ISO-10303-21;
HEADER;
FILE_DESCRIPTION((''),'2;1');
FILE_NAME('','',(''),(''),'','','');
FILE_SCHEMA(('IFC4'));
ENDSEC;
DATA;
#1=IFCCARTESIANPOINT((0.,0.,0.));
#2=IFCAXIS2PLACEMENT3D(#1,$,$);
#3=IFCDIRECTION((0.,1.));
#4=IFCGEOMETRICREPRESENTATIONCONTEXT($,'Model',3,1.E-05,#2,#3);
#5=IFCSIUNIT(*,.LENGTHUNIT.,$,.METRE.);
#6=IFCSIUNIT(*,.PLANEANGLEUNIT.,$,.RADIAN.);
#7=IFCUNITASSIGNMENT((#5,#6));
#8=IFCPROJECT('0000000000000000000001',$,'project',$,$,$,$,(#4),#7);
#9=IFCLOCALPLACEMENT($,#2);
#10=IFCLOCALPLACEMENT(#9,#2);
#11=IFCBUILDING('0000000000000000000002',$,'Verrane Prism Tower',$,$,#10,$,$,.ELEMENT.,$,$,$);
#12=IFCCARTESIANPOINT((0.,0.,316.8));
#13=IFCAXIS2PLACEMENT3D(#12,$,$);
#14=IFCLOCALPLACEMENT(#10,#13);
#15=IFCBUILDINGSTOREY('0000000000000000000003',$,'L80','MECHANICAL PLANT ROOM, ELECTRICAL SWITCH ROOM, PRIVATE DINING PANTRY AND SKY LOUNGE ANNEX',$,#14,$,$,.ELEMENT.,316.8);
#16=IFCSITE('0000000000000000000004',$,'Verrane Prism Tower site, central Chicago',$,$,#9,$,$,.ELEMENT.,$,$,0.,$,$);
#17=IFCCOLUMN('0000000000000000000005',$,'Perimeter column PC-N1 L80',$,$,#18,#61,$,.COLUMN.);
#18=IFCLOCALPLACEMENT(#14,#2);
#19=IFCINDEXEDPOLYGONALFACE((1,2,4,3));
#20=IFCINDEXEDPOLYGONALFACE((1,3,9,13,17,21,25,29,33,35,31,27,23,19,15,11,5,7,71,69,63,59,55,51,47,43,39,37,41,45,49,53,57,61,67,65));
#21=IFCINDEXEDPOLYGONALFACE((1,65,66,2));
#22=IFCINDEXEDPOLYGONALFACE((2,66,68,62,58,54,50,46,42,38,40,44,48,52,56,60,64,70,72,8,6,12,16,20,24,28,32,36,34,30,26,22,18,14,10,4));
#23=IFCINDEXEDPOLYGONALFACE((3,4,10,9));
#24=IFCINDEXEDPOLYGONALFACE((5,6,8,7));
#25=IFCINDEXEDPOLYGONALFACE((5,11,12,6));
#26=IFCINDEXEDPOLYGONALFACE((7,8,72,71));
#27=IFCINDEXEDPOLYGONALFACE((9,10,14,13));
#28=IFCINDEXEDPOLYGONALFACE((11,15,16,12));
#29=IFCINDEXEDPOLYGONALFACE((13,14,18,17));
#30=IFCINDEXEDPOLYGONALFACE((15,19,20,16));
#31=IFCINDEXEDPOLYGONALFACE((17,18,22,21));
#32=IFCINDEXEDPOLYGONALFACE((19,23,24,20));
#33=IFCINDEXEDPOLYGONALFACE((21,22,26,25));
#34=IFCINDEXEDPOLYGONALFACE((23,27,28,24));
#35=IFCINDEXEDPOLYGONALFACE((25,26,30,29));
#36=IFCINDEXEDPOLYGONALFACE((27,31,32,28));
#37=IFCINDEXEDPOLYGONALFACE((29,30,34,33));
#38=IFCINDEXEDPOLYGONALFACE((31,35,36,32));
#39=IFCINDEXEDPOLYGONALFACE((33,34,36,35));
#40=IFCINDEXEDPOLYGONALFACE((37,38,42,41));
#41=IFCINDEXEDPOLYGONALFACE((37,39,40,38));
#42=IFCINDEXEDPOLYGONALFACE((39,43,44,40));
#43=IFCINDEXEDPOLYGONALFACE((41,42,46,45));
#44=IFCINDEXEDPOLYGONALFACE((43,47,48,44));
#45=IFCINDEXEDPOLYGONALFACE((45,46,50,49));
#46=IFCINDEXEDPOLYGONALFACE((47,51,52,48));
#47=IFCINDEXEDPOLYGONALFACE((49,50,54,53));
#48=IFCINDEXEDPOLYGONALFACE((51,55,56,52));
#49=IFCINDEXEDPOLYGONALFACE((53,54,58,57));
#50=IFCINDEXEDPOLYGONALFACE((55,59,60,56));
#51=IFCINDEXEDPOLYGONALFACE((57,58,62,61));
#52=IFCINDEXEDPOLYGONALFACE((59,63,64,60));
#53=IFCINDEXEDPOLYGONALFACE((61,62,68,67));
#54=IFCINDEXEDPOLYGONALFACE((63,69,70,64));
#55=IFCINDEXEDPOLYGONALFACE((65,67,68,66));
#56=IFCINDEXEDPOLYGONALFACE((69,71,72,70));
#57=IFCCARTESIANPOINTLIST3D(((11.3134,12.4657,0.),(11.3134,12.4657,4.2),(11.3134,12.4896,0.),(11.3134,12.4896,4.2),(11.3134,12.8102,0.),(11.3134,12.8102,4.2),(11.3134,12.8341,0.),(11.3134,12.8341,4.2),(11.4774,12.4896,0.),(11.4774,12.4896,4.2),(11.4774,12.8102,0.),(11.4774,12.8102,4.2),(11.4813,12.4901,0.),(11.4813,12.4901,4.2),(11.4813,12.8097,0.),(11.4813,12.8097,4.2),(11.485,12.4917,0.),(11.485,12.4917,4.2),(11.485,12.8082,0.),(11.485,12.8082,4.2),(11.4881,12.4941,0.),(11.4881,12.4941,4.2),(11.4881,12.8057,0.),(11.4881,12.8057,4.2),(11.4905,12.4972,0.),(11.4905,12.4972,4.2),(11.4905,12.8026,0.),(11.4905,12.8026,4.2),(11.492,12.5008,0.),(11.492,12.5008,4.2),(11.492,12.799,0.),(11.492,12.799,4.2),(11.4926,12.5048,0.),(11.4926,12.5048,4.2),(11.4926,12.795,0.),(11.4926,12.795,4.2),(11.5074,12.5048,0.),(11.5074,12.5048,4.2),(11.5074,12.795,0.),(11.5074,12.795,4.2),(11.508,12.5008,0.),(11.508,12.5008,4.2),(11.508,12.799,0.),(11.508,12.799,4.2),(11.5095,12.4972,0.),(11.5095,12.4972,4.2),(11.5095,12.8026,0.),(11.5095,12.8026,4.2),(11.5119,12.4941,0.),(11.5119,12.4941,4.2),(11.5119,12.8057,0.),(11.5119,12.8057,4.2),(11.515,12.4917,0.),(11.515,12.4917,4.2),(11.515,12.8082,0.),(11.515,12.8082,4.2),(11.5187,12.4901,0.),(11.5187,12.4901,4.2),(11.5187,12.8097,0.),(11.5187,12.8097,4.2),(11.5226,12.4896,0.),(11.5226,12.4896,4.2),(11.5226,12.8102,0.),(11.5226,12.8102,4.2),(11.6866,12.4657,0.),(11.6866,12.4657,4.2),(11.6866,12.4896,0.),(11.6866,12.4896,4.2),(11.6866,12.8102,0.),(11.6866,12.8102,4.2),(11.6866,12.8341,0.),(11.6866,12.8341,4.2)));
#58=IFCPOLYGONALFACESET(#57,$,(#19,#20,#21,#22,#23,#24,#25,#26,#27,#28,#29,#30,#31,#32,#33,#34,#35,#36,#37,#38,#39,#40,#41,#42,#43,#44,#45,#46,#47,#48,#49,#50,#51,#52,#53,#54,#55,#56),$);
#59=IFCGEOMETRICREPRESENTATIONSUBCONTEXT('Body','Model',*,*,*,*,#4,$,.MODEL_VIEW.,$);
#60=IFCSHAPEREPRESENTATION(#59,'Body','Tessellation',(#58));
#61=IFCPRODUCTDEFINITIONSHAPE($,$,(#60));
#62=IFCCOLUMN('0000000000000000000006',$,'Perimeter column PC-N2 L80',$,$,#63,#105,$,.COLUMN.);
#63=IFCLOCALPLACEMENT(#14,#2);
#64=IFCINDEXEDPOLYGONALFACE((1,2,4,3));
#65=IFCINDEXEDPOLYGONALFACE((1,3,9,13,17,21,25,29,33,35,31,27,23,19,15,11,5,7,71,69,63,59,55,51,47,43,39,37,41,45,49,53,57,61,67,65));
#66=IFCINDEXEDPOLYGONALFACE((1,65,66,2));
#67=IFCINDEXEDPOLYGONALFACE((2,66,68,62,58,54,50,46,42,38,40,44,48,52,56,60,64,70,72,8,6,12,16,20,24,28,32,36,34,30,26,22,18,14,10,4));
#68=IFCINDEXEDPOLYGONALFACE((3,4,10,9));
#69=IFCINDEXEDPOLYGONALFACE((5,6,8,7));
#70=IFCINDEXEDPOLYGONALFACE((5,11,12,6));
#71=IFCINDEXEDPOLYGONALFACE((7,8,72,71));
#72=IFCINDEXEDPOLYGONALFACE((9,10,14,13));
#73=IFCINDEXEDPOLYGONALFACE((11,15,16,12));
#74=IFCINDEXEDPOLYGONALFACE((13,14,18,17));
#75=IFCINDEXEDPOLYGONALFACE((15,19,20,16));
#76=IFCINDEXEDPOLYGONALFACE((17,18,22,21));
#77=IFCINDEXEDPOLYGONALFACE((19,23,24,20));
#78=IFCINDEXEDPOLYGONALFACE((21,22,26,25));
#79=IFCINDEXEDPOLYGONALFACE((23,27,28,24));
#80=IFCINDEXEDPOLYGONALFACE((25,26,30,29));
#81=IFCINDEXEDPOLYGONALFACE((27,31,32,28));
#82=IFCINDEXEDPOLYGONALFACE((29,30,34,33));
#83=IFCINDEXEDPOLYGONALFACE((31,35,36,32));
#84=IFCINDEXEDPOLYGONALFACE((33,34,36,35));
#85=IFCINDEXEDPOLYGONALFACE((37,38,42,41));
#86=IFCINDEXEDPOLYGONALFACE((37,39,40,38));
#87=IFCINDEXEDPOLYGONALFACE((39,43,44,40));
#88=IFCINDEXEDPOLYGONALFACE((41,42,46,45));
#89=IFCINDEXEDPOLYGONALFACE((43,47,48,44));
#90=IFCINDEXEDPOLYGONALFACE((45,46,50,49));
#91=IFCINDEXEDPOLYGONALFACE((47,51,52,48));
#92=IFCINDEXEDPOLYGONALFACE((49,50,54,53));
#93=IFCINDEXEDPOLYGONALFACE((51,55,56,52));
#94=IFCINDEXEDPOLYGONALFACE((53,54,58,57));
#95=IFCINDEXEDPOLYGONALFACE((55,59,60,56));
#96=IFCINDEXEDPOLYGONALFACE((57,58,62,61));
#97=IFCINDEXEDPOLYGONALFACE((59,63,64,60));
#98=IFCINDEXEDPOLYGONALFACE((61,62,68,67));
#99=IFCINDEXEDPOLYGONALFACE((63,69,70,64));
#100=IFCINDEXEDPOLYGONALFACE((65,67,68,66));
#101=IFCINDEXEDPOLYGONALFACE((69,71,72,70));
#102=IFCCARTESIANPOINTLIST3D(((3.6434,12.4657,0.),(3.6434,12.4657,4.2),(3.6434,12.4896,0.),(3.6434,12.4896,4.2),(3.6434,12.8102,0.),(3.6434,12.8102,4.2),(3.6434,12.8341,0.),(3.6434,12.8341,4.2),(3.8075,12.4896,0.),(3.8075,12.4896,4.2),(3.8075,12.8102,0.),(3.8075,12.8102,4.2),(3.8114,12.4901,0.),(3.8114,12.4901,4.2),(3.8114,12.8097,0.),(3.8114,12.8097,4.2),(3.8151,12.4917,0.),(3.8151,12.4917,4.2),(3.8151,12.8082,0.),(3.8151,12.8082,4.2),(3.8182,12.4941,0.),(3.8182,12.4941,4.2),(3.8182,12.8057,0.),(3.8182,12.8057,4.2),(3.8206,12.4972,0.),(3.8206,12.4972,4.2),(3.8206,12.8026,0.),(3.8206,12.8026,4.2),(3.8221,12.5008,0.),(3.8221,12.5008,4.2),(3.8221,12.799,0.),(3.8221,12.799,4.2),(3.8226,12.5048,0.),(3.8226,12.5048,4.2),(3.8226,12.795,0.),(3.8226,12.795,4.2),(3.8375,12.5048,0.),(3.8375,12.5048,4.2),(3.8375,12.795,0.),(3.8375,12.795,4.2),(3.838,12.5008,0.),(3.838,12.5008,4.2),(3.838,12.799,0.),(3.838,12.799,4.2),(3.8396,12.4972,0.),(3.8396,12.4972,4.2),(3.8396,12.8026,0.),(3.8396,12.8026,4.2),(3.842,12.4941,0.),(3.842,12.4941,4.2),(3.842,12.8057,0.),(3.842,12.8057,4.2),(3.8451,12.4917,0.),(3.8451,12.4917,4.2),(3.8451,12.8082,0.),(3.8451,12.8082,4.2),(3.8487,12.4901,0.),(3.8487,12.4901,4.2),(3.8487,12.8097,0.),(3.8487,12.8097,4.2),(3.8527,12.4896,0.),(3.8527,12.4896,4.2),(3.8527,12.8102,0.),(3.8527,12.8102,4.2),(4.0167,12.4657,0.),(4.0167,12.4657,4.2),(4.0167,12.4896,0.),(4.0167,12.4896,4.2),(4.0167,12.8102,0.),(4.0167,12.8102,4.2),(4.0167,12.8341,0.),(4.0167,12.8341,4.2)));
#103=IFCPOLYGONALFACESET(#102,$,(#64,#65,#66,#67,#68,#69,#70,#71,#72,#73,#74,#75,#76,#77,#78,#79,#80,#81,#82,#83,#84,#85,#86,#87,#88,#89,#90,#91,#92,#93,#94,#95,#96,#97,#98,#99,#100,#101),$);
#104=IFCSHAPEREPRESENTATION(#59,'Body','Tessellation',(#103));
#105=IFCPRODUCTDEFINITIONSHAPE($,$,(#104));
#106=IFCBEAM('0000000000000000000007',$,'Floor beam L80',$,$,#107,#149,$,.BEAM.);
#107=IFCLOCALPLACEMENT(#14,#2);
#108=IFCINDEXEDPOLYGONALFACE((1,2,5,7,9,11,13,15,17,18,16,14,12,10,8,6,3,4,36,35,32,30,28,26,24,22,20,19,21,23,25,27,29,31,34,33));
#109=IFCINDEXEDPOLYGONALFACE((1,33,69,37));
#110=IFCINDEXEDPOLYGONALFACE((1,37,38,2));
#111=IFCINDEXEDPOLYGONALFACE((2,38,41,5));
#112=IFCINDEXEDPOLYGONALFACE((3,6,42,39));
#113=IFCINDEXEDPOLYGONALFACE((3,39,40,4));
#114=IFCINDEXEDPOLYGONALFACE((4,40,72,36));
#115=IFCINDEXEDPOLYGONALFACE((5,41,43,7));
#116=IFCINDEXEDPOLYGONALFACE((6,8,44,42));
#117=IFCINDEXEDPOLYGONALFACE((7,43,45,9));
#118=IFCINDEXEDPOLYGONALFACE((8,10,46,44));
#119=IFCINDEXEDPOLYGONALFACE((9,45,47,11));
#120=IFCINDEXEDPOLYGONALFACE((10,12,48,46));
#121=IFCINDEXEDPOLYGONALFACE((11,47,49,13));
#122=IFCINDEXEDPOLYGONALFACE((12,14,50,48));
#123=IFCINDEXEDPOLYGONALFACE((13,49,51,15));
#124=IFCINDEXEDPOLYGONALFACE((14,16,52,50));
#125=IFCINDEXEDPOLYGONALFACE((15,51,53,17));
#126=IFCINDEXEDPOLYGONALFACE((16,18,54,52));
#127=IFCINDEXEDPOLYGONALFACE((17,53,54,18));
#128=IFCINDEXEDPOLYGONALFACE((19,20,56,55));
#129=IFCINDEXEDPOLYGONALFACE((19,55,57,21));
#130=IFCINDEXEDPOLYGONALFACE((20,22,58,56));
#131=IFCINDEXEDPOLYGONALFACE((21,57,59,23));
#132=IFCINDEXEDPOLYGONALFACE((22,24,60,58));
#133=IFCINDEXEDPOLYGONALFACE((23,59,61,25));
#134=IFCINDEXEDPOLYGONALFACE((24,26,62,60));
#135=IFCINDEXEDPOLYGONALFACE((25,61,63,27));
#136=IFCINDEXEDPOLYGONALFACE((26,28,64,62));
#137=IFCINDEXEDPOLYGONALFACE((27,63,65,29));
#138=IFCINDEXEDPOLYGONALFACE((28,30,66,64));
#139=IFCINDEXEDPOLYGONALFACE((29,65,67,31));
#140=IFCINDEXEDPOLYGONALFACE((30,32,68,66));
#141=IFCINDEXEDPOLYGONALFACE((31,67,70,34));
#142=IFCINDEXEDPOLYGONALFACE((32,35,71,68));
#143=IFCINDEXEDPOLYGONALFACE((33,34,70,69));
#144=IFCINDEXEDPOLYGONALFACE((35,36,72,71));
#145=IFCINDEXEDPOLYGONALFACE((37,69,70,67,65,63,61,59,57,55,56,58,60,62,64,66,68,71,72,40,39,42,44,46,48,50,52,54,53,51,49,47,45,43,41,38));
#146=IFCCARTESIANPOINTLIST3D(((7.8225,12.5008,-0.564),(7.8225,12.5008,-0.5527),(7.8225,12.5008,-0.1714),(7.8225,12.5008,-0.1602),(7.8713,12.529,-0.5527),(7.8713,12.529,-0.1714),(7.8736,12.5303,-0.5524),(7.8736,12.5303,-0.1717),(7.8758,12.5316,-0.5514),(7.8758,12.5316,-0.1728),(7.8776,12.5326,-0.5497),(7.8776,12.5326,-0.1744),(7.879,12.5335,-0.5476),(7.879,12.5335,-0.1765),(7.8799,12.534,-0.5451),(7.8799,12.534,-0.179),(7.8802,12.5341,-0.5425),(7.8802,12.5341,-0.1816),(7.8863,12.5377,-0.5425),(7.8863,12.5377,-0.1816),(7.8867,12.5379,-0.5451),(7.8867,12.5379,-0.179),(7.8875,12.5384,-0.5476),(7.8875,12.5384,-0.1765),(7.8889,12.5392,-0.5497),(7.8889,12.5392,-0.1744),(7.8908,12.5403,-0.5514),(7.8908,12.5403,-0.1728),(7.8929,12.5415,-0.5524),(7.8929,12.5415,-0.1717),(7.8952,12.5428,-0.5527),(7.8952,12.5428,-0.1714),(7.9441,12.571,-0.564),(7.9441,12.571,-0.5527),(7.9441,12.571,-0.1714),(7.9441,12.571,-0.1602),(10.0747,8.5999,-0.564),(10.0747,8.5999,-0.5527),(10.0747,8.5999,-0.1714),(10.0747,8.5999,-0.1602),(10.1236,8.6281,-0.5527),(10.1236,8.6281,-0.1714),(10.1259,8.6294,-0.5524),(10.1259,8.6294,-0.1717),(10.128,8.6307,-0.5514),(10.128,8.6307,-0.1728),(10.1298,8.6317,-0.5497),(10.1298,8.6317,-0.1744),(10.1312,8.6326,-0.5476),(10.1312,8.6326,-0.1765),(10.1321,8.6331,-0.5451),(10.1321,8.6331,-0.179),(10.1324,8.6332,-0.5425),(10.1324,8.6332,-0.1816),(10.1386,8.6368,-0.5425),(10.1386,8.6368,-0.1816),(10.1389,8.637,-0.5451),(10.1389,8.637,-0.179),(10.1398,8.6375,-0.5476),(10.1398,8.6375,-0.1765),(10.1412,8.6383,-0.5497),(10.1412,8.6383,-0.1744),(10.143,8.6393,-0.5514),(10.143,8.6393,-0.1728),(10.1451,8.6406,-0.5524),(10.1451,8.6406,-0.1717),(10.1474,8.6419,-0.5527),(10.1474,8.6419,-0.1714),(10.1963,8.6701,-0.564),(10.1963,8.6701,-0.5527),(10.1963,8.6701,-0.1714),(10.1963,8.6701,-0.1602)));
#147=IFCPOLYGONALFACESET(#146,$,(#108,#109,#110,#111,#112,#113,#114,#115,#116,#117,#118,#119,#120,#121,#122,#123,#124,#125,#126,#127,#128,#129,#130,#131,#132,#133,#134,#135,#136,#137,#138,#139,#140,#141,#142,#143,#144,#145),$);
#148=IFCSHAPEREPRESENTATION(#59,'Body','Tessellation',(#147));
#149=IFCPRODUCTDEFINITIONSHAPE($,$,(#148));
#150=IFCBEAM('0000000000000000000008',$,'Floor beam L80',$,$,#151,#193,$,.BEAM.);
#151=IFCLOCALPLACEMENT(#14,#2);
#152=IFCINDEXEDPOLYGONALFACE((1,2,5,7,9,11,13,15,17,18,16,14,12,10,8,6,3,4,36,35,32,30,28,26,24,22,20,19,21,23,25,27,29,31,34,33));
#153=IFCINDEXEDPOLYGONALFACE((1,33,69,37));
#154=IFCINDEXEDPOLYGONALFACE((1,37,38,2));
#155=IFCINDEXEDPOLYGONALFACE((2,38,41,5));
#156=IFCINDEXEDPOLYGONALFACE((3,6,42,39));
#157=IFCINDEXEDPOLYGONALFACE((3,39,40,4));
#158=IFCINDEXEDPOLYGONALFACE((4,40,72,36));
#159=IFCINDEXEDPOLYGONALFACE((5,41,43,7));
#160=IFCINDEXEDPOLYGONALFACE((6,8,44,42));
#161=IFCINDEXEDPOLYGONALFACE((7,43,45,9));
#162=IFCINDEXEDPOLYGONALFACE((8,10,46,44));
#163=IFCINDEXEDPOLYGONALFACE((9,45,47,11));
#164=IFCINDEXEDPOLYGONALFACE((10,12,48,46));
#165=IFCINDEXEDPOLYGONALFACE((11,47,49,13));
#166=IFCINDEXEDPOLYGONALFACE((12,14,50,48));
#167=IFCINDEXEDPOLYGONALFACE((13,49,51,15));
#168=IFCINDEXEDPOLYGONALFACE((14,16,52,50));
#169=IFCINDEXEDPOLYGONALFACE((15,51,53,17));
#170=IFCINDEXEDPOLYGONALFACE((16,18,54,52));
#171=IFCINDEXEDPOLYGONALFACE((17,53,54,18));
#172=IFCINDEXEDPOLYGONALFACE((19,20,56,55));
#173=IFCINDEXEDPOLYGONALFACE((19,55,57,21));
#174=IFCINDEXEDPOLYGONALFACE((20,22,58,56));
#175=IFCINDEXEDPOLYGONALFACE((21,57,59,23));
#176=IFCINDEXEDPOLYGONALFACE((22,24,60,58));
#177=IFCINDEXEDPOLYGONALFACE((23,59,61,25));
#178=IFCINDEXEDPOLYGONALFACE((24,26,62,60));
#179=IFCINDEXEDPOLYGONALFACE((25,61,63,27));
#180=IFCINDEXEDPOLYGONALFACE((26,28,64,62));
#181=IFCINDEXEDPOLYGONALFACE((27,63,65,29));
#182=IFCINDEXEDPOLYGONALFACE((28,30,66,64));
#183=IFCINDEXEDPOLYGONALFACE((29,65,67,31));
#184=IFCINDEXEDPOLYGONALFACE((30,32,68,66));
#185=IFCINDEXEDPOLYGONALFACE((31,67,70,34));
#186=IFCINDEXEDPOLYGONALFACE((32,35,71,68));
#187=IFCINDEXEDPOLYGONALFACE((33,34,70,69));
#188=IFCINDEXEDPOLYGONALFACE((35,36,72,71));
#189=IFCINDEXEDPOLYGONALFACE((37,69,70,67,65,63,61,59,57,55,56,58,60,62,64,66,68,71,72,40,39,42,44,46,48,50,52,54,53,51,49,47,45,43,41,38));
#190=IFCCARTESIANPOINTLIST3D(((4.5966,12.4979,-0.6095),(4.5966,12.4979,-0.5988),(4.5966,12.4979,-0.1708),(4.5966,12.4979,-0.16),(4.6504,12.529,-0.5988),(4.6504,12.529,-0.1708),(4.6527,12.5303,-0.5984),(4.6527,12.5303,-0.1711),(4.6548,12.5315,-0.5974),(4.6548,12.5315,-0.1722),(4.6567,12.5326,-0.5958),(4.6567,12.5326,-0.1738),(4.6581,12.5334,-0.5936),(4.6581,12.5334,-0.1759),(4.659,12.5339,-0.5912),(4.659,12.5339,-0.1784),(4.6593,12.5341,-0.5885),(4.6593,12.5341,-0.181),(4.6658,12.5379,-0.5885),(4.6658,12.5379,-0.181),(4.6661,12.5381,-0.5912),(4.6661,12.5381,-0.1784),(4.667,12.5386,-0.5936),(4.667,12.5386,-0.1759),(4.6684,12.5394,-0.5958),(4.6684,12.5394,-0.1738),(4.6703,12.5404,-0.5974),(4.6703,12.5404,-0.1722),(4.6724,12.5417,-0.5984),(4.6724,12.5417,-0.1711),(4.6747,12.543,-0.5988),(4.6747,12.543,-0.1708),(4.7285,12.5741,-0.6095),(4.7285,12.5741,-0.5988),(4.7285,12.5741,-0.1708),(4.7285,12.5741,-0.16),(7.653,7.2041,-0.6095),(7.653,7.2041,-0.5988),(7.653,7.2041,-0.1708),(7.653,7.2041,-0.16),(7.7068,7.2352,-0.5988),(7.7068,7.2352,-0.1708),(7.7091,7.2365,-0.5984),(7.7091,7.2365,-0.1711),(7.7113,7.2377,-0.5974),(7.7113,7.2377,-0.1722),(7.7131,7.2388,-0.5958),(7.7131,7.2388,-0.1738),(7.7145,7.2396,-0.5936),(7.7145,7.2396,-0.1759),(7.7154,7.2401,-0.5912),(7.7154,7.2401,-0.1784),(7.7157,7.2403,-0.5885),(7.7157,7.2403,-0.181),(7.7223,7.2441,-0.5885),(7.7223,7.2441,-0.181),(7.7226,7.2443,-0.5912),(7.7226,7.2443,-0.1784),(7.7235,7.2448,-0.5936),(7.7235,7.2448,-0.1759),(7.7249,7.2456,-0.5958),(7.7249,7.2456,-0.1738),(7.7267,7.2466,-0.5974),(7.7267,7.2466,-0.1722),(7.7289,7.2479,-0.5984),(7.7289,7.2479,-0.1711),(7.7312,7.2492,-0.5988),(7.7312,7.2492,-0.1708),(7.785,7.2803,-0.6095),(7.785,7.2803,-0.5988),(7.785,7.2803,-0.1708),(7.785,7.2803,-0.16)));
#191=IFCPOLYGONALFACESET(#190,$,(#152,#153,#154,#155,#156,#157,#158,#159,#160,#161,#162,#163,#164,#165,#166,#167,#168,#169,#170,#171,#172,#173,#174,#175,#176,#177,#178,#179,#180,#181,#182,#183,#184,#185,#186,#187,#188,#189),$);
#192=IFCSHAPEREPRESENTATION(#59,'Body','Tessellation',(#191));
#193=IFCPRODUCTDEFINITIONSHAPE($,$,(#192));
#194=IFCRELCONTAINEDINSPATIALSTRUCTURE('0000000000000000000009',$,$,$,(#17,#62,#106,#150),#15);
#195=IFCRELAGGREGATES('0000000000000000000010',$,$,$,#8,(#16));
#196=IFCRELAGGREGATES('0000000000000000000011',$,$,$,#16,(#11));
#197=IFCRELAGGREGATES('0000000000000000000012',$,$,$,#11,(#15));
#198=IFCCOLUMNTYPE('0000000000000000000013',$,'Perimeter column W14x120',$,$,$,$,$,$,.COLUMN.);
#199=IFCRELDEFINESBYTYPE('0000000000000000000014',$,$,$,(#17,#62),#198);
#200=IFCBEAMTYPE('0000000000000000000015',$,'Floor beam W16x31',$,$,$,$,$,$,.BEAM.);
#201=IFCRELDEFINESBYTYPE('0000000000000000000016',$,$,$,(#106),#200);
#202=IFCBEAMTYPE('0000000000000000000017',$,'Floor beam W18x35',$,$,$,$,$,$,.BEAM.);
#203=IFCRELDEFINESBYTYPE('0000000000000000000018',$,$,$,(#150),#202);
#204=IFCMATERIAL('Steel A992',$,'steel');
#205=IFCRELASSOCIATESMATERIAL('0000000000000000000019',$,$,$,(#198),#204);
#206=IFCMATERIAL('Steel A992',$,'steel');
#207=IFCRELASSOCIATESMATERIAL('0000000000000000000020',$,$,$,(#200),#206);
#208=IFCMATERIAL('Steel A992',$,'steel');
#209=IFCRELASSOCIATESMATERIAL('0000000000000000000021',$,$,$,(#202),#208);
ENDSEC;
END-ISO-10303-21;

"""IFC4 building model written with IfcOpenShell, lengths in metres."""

from ifc_helpers import new_model, si_unit, direction, frame, origin, origin_2d, place, context, subcontext, project, spatial, i_section, extrude, material, material_profile, profile_set, type_object, element, save


model = new_model("IFC4")

# Units and contexts
model_context = context("Model", 3, precision=1e-05, world=origin(), true_north=direction((0.0, 1.0)))
body_context = subcontext(model_context, "Body", "Model", "MODEL_VIEW")
ifc_project = project(units=[si_unit("LENGTHUNIT", "METRE"), si_unit("PLANEANGLEUNIT", "RADIAN")], contexts=[model_context])

# Site, building, storey
site_placement = place(None, origin())
site = spatial("IfcSite", under=ifc_project, at=site_placement, Name="Verrane Prism Tower site, central Chicago", CompositionType="ELEMENT", RefElevation=0.0)
building_placement = place(site_placement, origin())
building = spatial("IfcBuilding", under=site, at=building_placement, Name="Verrane Prism Tower", CompositionType="ELEMENT")
storey_placement = place(building_placement, frame((0.0, 0.0, 316.8)))
storey = spatial("IfcBuildingStorey", under=building, at=storey_placement, Name="L80", Description="MECHANICAL PLANT ROOM, ELECTRICAL SWITCH ROOM, PRIVATE DINING PANTRY AND SKY LOUNGE ANNEX", CompositionType="ELEMENT", Elevation=316.8)

# Columns
ifc_material_1 = material(Name="Steel A992", Category="steel")
ifc_material_profile_1 = material_profile(ifc_material_1, i_section(OverallWidth=0.3733, OverallDepth=0.3684, WebThickness=0.0149, FlangeThickness=0.0239, FilletRadius=0.0151, at=origin_2d()), Name="W14x120")
ifc_profile_set_1 = profile_set([ifc_material_profile_1], Name="Steel A992")
column_type = type_object("IfcColumnType", Name="Perimeter column W14x120", PredefinedType="COLUMN", material=ifc_profile_set_1)
for number, where, z_axis, x_axis, name in (
    (1, (11.5, 12.6499, 0.0), (0.0, 0.0, 1.0), (1.0, 0.0, 0.0), "Perimeter column PC-N1 L80"),
    (2, (3.8301, 12.6499, 0.0), (0.0, 0.0, 1.0), (1.0, 0.0, 0.0), "Perimeter column PC-N2 L80"),
):
    element("IfcColumn", number, at=place(storey_placement, frame(where, z_axis=z_axis, x_axis=x_axis)), inside=storey, type_object=column_type, Name=name, PredefinedType="COLUMN", context=body_context, shape_type="SweptSolid", body=[
        extrude(i_section(OverallWidth=0.3733, OverallDepth=0.3684, WebThickness=0.0149, FlangeThickness=0.0239, FilletRadius=0.0151, at=origin_2d()), origin(), (0.0, 0.0, 1.0), 4.2),
    ])

# Beams
ifc_material_2 = material(Name="Steel A992", Category="steel")
ifc_material_profile_2 = material_profile(ifc_material_2, i_section(OverallWidth=0.1404, OverallDepth=0.4038, WebThickness=0.0071, FlangeThickness=0.0112, FilletRadius=0.0103, at=origin_2d()), Name="W16x31")
ifc_profile_set_2 = profile_set([ifc_material_profile_2], Name="Steel A992")
beam_type_1 = type_object("IfcBeamType", Name="Floor beam W16x31", PredefinedType="BEAM", material=ifc_profile_set_2)
beam_1_placement = place(storey_placement, frame((10.1355, 8.635, -0.3621), z_axis=(-0.500004, 0.866023, 0.0), x_axis=(-0.866023, -0.500004, 0.0)))
element("IfcBeam", 3, at=beam_1_placement, inside=storey, type_object=beam_type_1, Name="Floor beam L80", PredefinedType="BEAM", context=body_context, shape_type="SweptSolid", body=[
    extrude(i_section(OverallWidth=0.1404, OverallDepth=0.4038, WebThickness=0.0071, FlangeThickness=0.0112, FilletRadius=0.0103, at=origin_2d()), origin(), (0.0, 0.0, 1.0), 4.5044),
])
ifc_material_3 = material(Name="Steel A992", Category="steel")
ifc_material_profile_3 = material_profile(ifc_material_3, i_section(OverallWidth=0.1523, OverallDepth=0.4495, WebThickness=0.0076, FlangeThickness=0.0107, FilletRadius=0.0103, at=origin_2d()), Name="W18x35")
ifc_profile_set_3 = profile_set([ifc_material_profile_3], Name="Steel A992")
beam_type_2 = type_object("IfcBeamType", Name="Floor beam W18x35", PredefinedType="BEAM", material=ifc_profile_set_3)
beam_2_placement = place(storey_placement, frame((7.719, 7.2422, -0.3848), z_axis=(-0.500009, 0.86602, 0.0), x_axis=(-0.86602, -0.500009, 0.0)))
element("IfcBeam", 4, at=beam_2_placement, inside=storey, type_object=beam_type_2, Name="Floor beam L80", PredefinedType="BEAM", context=body_context, shape_type="SweptSolid", body=[
    extrude(i_section(OverallWidth=0.1523, OverallDepth=0.4495, WebThickness=0.0076, FlangeThickness=0.0107, FilletRadius=0.0103, at=origin_2d()), origin(), (0.0, 0.0, 1.0), 6.1128),
])

save(model, "model.ifc")
